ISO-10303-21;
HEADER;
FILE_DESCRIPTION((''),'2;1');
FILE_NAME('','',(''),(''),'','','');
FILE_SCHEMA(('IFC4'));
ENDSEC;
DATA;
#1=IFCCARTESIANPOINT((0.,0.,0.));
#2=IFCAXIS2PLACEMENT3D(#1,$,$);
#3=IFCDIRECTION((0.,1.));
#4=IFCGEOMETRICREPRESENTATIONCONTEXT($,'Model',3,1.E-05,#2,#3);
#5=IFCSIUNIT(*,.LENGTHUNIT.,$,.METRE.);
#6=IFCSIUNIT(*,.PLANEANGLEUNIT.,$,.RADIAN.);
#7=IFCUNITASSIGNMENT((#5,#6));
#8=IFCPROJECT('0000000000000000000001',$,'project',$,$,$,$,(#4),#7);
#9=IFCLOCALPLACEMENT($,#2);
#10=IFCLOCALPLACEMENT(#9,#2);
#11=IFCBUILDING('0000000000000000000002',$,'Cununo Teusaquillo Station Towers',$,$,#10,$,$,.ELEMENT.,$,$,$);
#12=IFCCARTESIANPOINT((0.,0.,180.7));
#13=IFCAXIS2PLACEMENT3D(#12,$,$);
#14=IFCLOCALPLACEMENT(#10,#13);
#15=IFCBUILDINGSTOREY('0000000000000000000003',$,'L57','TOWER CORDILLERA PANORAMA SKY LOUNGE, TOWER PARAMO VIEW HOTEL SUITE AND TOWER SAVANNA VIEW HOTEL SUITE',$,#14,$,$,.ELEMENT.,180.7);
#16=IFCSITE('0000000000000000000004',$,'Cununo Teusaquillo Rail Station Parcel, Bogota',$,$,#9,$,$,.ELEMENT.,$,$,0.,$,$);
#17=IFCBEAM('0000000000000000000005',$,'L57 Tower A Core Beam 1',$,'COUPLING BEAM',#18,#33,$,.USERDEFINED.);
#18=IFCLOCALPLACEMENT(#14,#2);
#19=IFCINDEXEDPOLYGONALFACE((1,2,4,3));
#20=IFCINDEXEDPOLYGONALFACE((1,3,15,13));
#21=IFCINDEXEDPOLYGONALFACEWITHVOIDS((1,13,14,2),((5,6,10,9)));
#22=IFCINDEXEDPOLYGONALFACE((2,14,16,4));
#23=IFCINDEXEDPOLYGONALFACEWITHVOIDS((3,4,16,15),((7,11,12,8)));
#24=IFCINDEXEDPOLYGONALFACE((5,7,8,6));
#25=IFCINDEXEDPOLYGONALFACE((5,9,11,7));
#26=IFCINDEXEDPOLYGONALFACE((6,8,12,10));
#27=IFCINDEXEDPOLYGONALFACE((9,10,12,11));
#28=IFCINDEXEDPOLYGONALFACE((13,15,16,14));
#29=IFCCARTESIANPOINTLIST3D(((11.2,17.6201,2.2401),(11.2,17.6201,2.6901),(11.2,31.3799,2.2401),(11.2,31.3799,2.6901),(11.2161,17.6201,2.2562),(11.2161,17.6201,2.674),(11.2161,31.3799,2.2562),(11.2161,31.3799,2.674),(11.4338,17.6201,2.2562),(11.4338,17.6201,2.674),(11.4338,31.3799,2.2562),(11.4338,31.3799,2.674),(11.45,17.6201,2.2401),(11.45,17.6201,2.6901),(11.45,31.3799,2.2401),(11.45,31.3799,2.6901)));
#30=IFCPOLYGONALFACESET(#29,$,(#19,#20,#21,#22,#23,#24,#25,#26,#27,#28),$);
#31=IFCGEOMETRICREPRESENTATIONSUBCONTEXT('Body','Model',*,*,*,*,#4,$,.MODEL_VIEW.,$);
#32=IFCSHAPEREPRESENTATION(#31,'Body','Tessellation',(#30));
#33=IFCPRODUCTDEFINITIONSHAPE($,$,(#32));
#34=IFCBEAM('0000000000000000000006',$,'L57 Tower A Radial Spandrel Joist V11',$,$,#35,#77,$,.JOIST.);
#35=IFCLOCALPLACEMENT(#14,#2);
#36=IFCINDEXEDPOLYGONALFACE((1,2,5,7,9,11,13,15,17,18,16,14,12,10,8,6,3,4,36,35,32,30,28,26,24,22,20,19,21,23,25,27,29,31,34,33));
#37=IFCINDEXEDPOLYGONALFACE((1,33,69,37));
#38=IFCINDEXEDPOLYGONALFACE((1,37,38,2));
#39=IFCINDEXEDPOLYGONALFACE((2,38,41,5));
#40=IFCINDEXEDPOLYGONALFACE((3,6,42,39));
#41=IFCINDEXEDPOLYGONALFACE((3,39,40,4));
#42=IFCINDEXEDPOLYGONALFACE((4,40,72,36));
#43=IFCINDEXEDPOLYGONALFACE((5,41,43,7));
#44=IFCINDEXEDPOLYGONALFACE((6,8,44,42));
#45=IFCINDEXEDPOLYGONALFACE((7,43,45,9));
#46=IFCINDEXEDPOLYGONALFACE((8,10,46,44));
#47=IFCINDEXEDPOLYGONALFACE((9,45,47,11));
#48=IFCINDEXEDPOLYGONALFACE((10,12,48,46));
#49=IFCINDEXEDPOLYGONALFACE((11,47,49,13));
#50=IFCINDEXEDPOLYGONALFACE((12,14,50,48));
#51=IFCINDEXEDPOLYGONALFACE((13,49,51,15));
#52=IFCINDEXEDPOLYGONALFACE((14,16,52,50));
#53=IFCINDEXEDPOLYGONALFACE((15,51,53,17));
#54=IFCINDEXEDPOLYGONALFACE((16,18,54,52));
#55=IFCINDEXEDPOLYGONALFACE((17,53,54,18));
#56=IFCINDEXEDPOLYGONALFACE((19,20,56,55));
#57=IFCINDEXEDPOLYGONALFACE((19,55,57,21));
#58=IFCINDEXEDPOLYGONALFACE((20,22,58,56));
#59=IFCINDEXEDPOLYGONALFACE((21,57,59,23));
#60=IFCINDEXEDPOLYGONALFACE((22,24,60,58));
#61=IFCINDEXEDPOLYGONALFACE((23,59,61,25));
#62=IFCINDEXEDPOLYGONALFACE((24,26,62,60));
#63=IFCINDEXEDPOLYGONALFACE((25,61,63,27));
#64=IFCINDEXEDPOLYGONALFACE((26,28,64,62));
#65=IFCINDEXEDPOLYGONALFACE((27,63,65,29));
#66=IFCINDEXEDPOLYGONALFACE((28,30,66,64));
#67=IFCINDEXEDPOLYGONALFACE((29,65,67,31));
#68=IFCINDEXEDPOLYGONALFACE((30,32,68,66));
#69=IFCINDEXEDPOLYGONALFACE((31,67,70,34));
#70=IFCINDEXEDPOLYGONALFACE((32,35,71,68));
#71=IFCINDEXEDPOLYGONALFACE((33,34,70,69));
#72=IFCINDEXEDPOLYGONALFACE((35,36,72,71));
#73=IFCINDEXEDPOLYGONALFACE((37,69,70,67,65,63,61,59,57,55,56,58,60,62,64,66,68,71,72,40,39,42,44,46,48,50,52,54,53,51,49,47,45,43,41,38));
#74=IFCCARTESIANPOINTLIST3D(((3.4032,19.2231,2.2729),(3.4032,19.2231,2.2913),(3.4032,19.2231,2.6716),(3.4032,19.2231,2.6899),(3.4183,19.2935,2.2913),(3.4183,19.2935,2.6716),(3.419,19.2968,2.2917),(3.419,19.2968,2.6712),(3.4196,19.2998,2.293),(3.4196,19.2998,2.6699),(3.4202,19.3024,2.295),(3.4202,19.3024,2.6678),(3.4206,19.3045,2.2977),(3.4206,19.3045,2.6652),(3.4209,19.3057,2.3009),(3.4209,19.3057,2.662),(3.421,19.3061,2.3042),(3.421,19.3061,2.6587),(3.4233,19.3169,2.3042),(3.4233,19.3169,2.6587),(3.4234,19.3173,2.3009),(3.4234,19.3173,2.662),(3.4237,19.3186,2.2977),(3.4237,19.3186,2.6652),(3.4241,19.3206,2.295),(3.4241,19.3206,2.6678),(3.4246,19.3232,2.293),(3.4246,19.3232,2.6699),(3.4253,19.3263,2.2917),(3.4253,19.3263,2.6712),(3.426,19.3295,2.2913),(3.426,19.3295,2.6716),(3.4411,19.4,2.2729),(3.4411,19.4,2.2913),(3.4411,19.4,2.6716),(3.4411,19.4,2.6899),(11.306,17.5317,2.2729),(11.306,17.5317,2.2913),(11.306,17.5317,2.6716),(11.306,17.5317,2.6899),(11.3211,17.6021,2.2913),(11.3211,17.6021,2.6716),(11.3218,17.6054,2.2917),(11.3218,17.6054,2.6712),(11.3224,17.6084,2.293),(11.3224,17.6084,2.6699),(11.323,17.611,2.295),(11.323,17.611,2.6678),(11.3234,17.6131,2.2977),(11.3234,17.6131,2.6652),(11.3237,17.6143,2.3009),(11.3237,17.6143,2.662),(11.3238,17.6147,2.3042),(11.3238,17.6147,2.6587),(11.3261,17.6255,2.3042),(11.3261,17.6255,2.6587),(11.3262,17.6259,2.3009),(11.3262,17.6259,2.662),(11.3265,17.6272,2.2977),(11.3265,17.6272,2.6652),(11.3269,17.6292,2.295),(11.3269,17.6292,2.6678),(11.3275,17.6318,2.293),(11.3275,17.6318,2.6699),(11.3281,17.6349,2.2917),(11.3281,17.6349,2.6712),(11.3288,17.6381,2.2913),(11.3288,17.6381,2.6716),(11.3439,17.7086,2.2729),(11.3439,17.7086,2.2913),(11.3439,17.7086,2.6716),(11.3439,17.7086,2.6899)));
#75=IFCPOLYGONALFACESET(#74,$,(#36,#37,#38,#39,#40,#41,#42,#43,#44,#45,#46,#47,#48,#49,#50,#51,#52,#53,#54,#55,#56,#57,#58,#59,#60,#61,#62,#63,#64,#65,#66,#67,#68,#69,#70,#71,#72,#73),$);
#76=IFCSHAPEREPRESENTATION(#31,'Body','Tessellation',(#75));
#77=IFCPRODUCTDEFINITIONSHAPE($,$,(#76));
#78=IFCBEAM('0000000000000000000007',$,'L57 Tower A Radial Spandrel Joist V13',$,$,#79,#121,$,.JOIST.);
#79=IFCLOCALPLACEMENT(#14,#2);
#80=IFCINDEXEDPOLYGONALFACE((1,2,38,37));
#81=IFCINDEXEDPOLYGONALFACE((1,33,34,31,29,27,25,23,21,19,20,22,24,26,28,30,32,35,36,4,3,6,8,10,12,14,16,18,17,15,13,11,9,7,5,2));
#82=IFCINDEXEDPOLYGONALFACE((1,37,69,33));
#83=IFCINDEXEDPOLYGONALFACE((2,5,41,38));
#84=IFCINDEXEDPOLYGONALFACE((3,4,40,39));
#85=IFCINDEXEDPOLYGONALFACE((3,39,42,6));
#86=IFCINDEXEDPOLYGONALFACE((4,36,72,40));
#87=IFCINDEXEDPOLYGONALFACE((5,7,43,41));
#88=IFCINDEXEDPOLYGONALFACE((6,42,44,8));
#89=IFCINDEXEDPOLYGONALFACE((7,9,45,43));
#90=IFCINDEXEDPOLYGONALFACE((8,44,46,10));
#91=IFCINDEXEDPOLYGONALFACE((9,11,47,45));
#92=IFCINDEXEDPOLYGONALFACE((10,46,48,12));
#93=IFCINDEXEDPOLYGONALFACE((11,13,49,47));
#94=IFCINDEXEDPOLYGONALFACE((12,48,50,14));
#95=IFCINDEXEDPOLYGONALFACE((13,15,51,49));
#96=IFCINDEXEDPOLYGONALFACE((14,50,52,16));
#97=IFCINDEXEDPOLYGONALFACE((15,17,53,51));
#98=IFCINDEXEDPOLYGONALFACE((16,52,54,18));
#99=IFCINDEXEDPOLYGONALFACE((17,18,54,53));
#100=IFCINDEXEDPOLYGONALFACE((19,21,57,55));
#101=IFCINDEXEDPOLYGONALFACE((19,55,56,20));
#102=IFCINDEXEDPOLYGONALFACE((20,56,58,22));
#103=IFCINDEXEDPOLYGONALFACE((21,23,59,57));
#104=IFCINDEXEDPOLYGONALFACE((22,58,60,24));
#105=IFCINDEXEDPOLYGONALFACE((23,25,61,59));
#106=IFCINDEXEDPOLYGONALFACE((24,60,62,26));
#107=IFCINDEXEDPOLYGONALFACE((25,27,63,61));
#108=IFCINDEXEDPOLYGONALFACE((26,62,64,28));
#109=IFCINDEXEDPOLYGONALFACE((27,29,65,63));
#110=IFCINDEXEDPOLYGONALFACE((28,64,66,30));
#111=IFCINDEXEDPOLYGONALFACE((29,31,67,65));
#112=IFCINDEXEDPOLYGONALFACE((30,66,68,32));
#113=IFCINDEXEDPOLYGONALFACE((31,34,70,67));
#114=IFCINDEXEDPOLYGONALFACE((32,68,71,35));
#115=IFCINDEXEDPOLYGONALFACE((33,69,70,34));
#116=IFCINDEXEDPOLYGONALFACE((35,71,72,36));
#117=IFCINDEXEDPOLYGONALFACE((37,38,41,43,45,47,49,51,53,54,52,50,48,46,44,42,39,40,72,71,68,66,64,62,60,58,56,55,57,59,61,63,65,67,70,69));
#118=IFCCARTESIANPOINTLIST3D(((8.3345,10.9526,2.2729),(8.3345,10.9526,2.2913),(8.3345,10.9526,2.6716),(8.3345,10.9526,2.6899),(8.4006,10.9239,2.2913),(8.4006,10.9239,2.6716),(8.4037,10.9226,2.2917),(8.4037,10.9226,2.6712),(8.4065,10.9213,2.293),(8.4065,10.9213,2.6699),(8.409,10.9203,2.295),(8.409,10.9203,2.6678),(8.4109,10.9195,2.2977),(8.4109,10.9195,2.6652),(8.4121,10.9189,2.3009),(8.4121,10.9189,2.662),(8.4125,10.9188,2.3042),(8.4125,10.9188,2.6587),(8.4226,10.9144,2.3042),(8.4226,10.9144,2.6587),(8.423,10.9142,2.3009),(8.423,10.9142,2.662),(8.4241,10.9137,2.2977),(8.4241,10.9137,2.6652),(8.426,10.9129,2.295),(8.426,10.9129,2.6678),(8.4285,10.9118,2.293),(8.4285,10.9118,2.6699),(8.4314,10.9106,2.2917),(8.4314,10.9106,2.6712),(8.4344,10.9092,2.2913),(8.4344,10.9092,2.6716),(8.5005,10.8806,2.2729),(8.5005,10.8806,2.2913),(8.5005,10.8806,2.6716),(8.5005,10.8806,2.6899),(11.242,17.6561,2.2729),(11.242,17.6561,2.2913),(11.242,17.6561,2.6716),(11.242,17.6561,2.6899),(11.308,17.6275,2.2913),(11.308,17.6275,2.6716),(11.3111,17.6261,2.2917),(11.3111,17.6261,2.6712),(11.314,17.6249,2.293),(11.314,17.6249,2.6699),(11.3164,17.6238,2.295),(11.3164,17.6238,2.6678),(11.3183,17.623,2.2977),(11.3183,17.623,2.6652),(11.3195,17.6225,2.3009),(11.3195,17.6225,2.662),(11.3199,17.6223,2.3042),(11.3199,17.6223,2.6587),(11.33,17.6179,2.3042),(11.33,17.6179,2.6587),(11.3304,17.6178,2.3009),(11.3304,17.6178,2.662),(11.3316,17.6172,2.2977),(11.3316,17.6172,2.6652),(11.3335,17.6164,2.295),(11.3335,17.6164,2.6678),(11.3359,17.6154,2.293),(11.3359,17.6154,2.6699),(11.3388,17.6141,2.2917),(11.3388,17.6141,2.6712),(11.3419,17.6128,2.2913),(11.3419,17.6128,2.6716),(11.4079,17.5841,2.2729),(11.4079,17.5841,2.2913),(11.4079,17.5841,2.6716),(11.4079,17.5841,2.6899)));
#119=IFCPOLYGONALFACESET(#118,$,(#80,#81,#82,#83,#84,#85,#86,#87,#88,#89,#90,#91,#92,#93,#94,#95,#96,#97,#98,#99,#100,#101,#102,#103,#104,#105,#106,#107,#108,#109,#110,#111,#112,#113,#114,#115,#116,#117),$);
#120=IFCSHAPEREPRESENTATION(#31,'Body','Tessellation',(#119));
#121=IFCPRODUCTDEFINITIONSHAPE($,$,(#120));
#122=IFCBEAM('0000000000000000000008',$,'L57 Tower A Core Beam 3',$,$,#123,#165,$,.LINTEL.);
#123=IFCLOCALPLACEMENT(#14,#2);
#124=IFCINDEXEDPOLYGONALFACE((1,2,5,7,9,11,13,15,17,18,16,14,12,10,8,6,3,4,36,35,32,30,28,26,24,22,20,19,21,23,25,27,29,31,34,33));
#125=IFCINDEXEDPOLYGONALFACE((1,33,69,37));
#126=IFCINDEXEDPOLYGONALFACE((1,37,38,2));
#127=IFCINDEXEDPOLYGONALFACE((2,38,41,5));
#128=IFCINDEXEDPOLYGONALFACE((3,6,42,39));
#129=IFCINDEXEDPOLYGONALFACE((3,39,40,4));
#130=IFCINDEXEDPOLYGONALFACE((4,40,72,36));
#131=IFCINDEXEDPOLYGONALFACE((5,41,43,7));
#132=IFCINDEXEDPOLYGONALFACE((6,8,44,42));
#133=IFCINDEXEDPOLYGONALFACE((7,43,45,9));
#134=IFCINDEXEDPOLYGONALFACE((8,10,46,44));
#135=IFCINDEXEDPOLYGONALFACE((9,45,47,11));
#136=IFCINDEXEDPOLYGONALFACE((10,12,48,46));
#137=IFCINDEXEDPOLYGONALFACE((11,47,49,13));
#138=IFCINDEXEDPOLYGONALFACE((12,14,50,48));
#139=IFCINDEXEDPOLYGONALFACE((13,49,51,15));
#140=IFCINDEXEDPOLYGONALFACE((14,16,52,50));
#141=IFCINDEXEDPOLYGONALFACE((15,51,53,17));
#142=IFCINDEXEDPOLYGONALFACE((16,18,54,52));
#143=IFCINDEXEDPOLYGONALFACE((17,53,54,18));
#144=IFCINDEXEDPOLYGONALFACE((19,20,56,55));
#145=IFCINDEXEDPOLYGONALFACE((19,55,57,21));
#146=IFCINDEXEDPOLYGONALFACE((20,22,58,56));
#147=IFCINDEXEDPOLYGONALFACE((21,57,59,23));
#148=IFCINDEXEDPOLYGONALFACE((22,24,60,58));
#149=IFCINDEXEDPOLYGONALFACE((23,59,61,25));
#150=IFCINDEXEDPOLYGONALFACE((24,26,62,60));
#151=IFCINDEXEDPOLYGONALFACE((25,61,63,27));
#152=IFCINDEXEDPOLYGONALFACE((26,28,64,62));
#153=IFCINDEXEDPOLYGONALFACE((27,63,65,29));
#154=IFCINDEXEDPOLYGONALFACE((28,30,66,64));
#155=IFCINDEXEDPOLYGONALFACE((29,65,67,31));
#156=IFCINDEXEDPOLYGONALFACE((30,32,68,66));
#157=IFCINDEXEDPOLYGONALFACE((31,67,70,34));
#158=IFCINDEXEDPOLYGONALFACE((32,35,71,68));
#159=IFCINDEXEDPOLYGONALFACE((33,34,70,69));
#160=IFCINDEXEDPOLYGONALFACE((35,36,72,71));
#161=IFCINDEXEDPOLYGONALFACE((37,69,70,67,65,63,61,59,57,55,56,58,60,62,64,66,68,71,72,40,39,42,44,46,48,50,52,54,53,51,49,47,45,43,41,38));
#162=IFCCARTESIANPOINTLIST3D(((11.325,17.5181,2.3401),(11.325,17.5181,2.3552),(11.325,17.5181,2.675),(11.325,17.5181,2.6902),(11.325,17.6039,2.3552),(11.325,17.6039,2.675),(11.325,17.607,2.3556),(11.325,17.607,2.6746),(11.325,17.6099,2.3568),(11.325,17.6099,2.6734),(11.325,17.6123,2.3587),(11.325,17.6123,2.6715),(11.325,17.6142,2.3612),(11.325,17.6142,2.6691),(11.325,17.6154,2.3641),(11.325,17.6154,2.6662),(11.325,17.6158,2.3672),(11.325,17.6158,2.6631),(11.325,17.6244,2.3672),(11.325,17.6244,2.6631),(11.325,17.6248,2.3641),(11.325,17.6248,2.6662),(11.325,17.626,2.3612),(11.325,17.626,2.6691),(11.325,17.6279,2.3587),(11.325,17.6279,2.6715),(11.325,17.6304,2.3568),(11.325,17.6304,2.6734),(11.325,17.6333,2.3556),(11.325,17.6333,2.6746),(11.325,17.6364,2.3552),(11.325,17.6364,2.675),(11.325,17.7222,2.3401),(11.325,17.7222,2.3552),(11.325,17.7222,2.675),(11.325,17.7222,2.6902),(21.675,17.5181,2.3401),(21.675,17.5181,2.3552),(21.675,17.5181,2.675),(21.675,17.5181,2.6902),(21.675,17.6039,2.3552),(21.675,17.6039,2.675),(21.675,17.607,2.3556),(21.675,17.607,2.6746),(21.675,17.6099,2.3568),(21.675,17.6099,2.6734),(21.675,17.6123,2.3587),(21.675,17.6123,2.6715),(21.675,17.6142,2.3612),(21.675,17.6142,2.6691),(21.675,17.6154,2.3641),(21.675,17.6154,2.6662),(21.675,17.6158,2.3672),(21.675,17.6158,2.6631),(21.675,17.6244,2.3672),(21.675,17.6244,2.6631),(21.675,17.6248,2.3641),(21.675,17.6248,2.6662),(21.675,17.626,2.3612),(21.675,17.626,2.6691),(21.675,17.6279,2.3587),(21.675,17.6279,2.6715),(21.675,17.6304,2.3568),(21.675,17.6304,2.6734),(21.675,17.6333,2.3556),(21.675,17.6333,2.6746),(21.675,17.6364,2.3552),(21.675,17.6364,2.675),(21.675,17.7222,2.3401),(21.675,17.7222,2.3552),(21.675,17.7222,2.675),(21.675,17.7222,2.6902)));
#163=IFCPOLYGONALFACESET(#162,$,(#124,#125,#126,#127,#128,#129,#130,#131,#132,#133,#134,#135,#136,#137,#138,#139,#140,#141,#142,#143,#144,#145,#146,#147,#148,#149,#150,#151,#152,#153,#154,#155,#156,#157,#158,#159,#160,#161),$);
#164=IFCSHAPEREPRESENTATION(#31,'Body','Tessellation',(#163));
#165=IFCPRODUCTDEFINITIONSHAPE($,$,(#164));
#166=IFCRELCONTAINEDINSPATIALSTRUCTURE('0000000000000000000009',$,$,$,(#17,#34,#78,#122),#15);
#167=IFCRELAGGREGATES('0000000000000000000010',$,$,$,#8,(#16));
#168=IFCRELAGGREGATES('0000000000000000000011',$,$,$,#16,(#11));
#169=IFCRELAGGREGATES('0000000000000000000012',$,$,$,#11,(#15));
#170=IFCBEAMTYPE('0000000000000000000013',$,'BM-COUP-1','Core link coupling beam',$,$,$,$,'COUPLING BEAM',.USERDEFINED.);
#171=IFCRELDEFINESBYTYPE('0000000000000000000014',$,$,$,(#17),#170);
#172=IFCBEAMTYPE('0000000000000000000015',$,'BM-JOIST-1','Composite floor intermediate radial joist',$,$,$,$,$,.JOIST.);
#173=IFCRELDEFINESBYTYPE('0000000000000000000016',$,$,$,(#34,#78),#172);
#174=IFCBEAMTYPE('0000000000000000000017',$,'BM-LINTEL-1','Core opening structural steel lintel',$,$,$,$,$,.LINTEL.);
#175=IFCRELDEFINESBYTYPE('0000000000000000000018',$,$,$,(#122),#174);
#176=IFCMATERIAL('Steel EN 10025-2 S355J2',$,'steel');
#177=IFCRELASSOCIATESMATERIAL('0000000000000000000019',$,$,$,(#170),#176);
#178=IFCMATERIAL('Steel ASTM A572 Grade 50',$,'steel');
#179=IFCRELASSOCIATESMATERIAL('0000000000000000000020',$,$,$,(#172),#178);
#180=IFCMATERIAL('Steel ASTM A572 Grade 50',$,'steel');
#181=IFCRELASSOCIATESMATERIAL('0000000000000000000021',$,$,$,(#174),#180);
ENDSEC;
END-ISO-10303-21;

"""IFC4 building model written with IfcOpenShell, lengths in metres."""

from ifc_helpers import new_model, si_unit, direction, frame, origin, origin_2d, place, context, subcontext, project, spatial, hollow_rectangle, i_section, extrude, material, material_profile, profile_set, type_object, element, save


model = new_model("IFC4")

# Units and contexts
model_context = context("Model", 3, precision=1e-05, world=origin(), true_north=direction((0.0, 1.0)))
body_context = subcontext(model_context, "Body", "Model", "MODEL_VIEW")
ifc_project = project(units=[si_unit("LENGTHUNIT", "METRE"), si_unit("PLANEANGLEUNIT", "RADIAN")], contexts=[model_context])

# Site, building, storey
site_placement = place(None, origin())
site = spatial("IfcSite", under=ifc_project, at=site_placement, Name="Cununo Teusaquillo Rail Station Parcel, Bogota", CompositionType="ELEMENT", RefElevation=0.0)
building_placement = place(site_placement, origin())
building = spatial("IfcBuilding", under=site, at=building_placement, Name="Cununo Teusaquillo Station Towers", CompositionType="ELEMENT")
storey_placement = place(building_placement, frame((0.0, 0.0, 180.7)))
storey = spatial("IfcBuildingStorey", under=building, at=storey_placement, Name="L57", Description="TOWER CORDILLERA PANORAMA SKY LOUNGE, TOWER PARAMO VIEW HOTEL SUITE AND TOWER SAVANNA VIEW HOTEL SUITE", CompositionType="ELEMENT", Elevation=180.7)

# Beams
ifc_material_1 = material(Name="Steel EN 10025-2 S355J2", Category="steel")
ifc_material_profile_1 = material_profile(ifc_material_1, hollow_rectangle(XDim=0.25, YDim=0.45, WallThickness=0.0161, at=origin_2d()), Name="RHS 450x250x16")
ifc_profile_set_1 = profile_set([ifc_material_profile_1], Name="Steel EN 10025-2 S355J2")
beam_type_1 = type_object("IfcBeamType", Name="BM-COUP-1", Description="Core link coupling beam", ElementType="COUPLING BEAM", PredefinedType="USERDEFINED", material=ifc_profile_set_1)
beam_1_placement = place(storey_placement, frame((11.325, 17.6201, 2.4651), z_axis=(0.0, 1.0, 0.0), x_axis=(-1.0, 0.0, 0.0)))
element("IfcBeam", 1, at=beam_1_placement, inside=storey, type_object=beam_type_1, Name="L57 Tower A Core Beam 1", ObjectType="COUPLING BEAM", PredefinedType="USERDEFINED", context=body_context, shape_type="SweptSolid", body=[
    extrude(hollow_rectangle(XDim=0.25, YDim=0.45, WallThickness=0.0161, at=origin_2d()), origin(), (0.0, 0.0, 1.0), 13.7598),
])
ifc_material_2 = material(Name="Steel ASTM A572 Grade 50", Category="steel")
ifc_material_profile_2 = material_profile(ifc_material_2, i_section(OverallWidth=0.1809, OverallDepth=0.417, WebThickness=0.011, FlangeThickness=0.0183, FilletRadius=0.0129, at=origin_2d()), Name="W16X57")
ifc_profile_set_2 = profile_set([ifc_material_profile_2], Name="Steel ASTM A572 Grade 50")
beam_type_2 = type_object("IfcBeamType", Name="BM-JOIST-1", Description="Composite floor intermediate radial joist", PredefinedType="JOIST", material=ifc_profile_set_2)
beam_2_placement = place(storey_placement, frame((11.325, 17.6201, 2.4814), z_axis=(-0.977855, 0.209286, 0.0), x_axis=(-0.209286, -0.977855, 0.0)))
element("IfcBeam", 2, at=beam_2_placement, inside=storey, type_object=beam_type_2, Name="L57 Tower A Radial Spandrel Joist V11", PredefinedType="JOIST", context=body_context, shape_type="SweptSolid", body=[
    extrude(i_section(OverallWidth=0.1809, OverallDepth=0.417, WebThickness=0.011, FlangeThickness=0.0183, FilletRadius=0.0129, at=origin_2d()), origin(), (0.0, 0.0, 1.0), 8.0818),
])
beam_3_placement = place(storey_placement, frame((11.325, 17.6201, 2.4814), z_axis=(-0.397904, -0.917427, 0.0), x_axis=(0.917427, -0.397904, 0.0)))
element("IfcBeam", 3, at=beam_3_placement, inside=storey, type_object=beam_type_2, Name="L57 Tower A Radial Spandrel Joist V13", PredefinedType="JOIST", context=body_context, shape_type="SweptSolid", body=[
    extrude(i_section(OverallWidth=0.1809, OverallDepth=0.417, WebThickness=0.011, FlangeThickness=0.0183, FilletRadius=0.0129, at=origin_2d()), origin(), (0.0, 0.0, 1.0), 7.3069),
])
ifc_material_3 = material(Name="Steel ASTM A572 Grade 50", Category="steel")
ifc_material_profile_3 = material_profile(ifc_material_3, i_section(OverallWidth=0.2041, OverallDepth=0.3501, WebThickness=0.0085, FlangeThickness=0.0151, FilletRadius=0.012, at=origin_2d()), Name="W14X48")
ifc_profile_set_3 = profile_set([ifc_material_profile_3], Name="Steel ASTM A572 Grade 50")
beam_type_3 = type_object("IfcBeamType", Name="BM-LINTEL-1", Description="Core opening structural steel lintel", PredefinedType="LINTEL", material=ifc_profile_set_3)
beam_4_placement = place(storey_placement, frame((11.325, 17.6201, 2.5151), z_axis=(1.0, 0.0, 0.0), x_axis=(0.0, 1.0, 0.0)))
element("IfcBeam", 4, at=beam_4_placement, inside=storey, type_object=beam_type_3, Name="L57 Tower A Core Beam 3", PredefinedType="LINTEL", context=body_context, shape_type="SweptSolid", body=[
    extrude(i_section(OverallWidth=0.2041, OverallDepth=0.3501, WebThickness=0.0085, FlangeThickness=0.0151, FilletRadius=0.012, at=origin_2d()), origin(), (0.0, 0.0, 1.0), 10.3501),
])

save(model, "model.ifc")
